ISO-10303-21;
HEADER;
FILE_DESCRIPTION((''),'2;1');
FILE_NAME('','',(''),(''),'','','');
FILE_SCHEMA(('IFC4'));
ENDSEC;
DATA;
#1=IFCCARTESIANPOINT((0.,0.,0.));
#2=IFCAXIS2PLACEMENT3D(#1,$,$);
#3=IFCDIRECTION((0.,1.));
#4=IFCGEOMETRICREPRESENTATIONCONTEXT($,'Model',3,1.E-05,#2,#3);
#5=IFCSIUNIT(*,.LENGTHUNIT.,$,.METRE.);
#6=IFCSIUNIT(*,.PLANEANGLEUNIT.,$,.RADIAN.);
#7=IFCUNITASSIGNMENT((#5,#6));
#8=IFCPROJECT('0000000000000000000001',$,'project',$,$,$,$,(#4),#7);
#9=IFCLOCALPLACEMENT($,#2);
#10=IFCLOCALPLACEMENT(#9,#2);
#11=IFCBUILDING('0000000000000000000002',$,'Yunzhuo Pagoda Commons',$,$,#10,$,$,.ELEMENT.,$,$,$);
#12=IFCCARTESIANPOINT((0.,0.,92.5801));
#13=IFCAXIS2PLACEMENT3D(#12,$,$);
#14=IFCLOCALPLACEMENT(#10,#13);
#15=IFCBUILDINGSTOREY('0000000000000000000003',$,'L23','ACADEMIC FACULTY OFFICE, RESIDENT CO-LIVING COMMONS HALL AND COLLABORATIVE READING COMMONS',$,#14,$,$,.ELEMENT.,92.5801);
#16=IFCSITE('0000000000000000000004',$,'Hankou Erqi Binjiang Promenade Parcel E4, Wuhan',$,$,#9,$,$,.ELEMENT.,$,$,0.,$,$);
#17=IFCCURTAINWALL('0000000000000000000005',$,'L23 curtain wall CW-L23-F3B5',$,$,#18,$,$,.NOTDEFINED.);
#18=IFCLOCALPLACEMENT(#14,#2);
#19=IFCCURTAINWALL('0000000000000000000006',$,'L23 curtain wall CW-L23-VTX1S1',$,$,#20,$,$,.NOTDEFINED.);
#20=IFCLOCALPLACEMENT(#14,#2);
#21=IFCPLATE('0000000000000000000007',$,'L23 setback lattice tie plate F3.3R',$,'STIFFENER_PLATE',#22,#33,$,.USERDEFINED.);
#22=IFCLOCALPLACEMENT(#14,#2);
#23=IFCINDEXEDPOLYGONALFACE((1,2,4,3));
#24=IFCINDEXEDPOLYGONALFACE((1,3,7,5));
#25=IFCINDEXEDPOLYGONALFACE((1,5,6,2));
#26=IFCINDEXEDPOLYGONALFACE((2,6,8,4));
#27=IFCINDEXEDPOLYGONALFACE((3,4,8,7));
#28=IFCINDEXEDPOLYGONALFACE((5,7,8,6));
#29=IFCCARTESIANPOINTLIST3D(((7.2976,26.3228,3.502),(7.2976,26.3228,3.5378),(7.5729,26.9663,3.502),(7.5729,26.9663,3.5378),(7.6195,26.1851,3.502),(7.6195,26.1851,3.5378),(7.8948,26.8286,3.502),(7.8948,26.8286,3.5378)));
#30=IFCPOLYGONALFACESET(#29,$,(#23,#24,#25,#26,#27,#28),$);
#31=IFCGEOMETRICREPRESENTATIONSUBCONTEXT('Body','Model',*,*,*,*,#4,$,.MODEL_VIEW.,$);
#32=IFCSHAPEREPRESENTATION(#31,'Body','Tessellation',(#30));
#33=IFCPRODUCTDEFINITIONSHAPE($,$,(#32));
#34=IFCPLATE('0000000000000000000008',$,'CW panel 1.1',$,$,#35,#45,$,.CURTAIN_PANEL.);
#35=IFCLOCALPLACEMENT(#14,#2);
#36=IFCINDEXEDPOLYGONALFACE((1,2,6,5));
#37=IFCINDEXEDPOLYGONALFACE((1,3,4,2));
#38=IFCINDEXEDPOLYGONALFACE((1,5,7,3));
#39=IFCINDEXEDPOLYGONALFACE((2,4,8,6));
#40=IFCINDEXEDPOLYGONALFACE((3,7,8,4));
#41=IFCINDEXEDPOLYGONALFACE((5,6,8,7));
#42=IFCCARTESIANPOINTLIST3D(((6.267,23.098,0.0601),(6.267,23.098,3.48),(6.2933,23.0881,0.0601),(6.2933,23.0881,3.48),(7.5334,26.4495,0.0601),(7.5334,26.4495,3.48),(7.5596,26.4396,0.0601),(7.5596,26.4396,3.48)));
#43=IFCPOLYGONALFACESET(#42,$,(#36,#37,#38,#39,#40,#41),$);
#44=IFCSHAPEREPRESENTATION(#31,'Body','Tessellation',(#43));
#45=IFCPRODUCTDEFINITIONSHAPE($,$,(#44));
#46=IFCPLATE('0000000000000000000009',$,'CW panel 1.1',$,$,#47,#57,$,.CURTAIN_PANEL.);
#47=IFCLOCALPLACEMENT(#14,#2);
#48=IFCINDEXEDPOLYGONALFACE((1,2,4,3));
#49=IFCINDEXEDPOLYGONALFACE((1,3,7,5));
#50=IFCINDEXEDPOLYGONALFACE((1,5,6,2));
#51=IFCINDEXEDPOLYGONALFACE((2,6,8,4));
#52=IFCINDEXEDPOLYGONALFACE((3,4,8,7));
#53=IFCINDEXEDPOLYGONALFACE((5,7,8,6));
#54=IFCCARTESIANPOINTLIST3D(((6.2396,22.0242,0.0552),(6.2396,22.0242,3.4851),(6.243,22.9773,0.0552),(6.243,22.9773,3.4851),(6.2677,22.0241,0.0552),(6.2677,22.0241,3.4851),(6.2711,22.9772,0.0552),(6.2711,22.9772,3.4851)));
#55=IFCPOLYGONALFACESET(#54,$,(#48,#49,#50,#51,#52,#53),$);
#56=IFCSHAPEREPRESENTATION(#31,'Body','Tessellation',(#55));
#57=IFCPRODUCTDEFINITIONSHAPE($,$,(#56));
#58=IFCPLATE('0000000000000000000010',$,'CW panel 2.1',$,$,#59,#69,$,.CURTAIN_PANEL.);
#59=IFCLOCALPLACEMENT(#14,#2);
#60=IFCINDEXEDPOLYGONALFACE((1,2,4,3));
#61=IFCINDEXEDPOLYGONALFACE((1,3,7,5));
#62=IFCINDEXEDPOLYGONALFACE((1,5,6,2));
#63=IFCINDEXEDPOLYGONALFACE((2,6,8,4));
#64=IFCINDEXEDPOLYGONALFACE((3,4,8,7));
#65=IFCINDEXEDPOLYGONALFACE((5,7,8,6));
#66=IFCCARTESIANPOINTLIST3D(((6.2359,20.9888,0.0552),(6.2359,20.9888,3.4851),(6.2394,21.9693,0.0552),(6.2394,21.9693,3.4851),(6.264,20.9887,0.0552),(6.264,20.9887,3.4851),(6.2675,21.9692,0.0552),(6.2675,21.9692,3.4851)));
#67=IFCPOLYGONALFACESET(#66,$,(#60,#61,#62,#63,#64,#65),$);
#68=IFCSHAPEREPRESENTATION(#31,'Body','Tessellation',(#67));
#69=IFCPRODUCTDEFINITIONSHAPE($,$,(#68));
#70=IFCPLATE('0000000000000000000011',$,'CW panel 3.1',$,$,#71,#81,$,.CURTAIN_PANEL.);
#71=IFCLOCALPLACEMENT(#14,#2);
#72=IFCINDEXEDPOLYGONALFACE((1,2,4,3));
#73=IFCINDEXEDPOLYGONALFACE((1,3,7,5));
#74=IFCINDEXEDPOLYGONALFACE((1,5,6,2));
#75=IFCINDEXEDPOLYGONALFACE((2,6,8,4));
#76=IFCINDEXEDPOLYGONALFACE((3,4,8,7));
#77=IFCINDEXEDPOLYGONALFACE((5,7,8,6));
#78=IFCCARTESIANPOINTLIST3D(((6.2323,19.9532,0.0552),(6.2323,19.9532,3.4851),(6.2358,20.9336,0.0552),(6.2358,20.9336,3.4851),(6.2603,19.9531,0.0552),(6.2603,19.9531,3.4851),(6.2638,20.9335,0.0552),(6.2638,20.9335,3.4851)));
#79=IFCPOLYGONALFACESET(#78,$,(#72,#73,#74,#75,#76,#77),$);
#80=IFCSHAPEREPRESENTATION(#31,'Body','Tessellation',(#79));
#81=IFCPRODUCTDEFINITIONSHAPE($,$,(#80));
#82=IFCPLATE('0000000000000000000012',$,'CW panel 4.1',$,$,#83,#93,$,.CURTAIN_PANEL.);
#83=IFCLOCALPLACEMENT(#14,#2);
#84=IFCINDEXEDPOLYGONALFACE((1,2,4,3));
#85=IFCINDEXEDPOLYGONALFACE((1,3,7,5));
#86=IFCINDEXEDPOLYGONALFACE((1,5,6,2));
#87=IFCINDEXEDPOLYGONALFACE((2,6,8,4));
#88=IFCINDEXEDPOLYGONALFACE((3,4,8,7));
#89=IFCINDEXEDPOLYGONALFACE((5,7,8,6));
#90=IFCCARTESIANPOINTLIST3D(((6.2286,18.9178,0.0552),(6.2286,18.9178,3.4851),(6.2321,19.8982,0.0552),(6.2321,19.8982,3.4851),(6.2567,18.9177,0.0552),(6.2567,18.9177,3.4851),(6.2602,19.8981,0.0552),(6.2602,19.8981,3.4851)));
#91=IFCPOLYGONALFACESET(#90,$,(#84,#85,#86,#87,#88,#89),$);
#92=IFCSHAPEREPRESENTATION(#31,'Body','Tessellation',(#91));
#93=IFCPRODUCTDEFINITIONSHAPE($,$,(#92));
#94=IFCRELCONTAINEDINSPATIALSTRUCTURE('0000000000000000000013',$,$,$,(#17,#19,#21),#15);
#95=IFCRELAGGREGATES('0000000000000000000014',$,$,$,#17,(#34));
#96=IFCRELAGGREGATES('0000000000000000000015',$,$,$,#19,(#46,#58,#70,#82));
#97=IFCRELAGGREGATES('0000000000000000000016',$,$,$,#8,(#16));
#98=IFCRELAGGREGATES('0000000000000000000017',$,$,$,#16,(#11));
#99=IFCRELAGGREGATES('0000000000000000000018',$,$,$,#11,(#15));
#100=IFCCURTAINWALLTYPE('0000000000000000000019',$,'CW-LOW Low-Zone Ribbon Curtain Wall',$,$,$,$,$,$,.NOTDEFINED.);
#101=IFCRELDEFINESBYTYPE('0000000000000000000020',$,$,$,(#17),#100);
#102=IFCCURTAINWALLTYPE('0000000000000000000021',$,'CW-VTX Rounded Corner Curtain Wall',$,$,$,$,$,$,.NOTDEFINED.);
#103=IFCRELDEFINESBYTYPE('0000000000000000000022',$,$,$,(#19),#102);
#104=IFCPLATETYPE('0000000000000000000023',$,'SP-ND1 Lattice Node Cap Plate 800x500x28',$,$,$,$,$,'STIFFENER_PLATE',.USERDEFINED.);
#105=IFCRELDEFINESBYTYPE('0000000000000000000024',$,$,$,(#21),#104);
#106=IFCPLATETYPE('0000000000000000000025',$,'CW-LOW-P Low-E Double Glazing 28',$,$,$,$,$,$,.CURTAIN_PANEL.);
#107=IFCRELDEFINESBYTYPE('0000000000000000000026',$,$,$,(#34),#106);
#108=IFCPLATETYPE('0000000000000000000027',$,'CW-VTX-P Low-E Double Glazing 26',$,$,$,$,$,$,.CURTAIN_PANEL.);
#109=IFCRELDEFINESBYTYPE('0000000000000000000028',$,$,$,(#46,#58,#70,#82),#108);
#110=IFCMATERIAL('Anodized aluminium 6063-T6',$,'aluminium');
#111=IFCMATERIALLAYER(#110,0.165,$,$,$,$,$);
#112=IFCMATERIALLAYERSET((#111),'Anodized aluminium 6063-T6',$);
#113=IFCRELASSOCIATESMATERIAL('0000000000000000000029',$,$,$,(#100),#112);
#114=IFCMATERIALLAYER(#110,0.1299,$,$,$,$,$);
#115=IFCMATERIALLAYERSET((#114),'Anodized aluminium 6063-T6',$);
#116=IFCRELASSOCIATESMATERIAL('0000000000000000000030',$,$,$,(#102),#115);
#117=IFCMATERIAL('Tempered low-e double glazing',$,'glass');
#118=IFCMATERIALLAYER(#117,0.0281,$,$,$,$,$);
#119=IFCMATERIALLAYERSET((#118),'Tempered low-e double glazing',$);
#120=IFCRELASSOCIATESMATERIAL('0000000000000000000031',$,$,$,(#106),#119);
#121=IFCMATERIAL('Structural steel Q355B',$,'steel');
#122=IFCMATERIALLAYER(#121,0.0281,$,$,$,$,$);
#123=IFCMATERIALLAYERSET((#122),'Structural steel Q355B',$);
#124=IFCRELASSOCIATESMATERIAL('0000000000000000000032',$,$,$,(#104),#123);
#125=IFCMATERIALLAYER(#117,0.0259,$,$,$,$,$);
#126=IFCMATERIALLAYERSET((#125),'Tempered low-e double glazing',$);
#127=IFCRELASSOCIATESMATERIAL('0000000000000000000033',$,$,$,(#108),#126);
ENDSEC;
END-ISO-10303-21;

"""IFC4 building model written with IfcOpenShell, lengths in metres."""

from ifc_helpers import new_model, si_unit, direction, frame, origin, origin_2d, place, context, subcontext, project, spatial, rectangle, extrude, source, transform, mapped, material, layer, layer_set, type_object, element, aggregate, save


model = new_model("IFC4")

# Units and contexts
model_context = context("Model", 3, precision=1e-05, world=origin(), true_north=direction((0.0, 1.0)))
body_context = subcontext(model_context, "Body", "Model", "MODEL_VIEW")
ifc_project = project(units=[si_unit("LENGTHUNIT", "METRE"), si_unit("PLANEANGLEUNIT", "RADIAN")], contexts=[model_context])

# Site, building, storey
site_placement = place(None, origin())
site = spatial("IfcSite", under=ifc_project, at=site_placement, Name="Hankou Erqi Binjiang Promenade Parcel E4, Wuhan", CompositionType="ELEMENT", RefElevation=0.0)
building_placement = place(site_placement, origin())
building = spatial("IfcBuilding", under=site, at=building_placement, Name="Yunzhuo Pagoda Commons", CompositionType="ELEMENT")
storey_placement = place(building_placement, frame((0.0, 0.0, 92.5801)))
storey = spatial("IfcBuildingStorey", under=building, at=storey_placement, Name="L23", Description="ACADEMIC FACULTY OFFICE, RESIDENT CO-LIVING COMMONS HALL AND COLLABORATIVE READING COMMONS", CompositionType="ELEMENT", Elevation=92.5801)

# Shared definitions
ifc_material_1 = material(Name="Structural steel Q355B", Category="steel")

# Shared definitions
ifc_material_2 = material(Name="Anodized aluminium 6063-T6", Category="aluminium")
ifc_layer_1 = layer(ifc_material_2, 0.165)
ifc_layer_set_1 = layer_set([ifc_layer_1], Name="Anodized aluminium 6063-T6")
curtain_wall_type_1 = type_object("IfcCurtainWallType", Name="CW-LOW Low-Zone Ribbon Curtain Wall", PredefinedType="NOTDEFINED", material=ifc_layer_set_1)

# Curtain walls
curtain_wall_1_placement = place(storey_placement, origin())
curtain_wall_1 = element("IfcCurtainWall", 1, at=curtain_wall_1_placement, inside=storey, type_object=curtain_wall_type_1, Name="L23 curtain wall CW-L23-F3B5", PredefinedType="NOTDEFINED")
ifc_layer_2 = layer(ifc_material_2, 0.1299)
ifc_layer_set_2 = layer_set([ifc_layer_2], Name="Anodized aluminium 6063-T6")
curtain_wall_type_2 = type_object("IfcCurtainWallType", Name="CW-VTX Rounded Corner Curtain Wall", PredefinedType="NOTDEFINED", material=ifc_layer_set_2)
curtain_wall_2_placement = place(storey_placement, origin())
curtain_wall_2 = element("IfcCurtainWall", 2, at=curtain_wall_2_placement, inside=storey, type_object=curtain_wall_type_2, Name="L23 curtain wall CW-L23-VTX1S1", PredefinedType="NOTDEFINED")

# Plates
ifc_material_3 = material(Name="Tempered low-e double glazing", Category="glass")
ifc_layer_3 = layer(ifc_material_3, 0.0281)
ifc_layer_set_3 = layer_set([ifc_layer_3], Name="Tempered low-e double glazing")
plate_type_1 = type_object("IfcPlateType", Name="CW-LOW-P Low-E Double Glazing 28", PredefinedType="CURTAIN_PANEL", material=ifc_layer_set_3)
ifc_layer_4 = layer(ifc_material_1, 0.0281)
ifc_layer_set_4 = layer_set([ifc_layer_4], Name="Structural steel Q355B")
plate_type_2 = type_object("IfcPlateType", Name="SP-ND1 Lattice Node Cap Plate 800x500x28", ElementType="STIFFENER_PLATE", PredefinedType="USERDEFINED", material=ifc_layer_set_4)
shared_shape_1 = source(origin(), body_context, "Body", "SweptSolid", [
    extrude(rectangle(XDim=0.7, YDim=0.3501, at=origin_2d()), origin(), (0.0, 0.0, 1.0), 0.0359),
])
plate_1_placement = place(storey_placement, frame((7.5962, 26.5757, 3.502), z_axis=(0.0, 0.0, 1.0), x_axis=(-0.393364, -0.919383, 0.0)))
element("IfcPlate", 3, at=plate_1_placement, inside=storey, type_object=plate_type_2, Name="L23 setback lattice tie plate F3.3R", ObjectType="STIFFENER_PLATE", PredefinedType="USERDEFINED", context=body_context, shape_type="MappedRepresentation", body=[
    mapped(shared_shape_1, transform((0.0, 0.0, 0.0), scale=1.0)),
])
shared_shape_2 = source(origin(), body_context, "Body", "SweptSolid", [
    extrude(rectangle(XDim=3.5828, YDim=0.0281, at=origin_2d()), origin(), (0.0, 0.0, 1.0), 3.4199),
])
plate_2_placement = place(storey_placement, frame((6.9133, 24.7688, 0.0601), z_axis=(0.0, 0.0, 1.0), x_axis=(-0.353448, -0.935454, 0.0)))
plate_2 = element("IfcPlate", 4, at=plate_2_placement, type_object=plate_type_1, Name="CW panel 1.1", PredefinedType="CURTAIN_PANEL", context=body_context, shape_type="MappedRepresentation", body=[
    mapped(shared_shape_2, transform((0.0, 0.0, 0.0), scale=1.0)),
])
aggregate(curtain_wall_1, [plate_2])
ifc_layer_5 = layer(ifc_material_3, 0.0259)
ifc_layer_set_5 = layer_set([ifc_layer_5], Name="Tempered low-e double glazing")
plate_type_3 = type_object("IfcPlateType", Name="CW-VTX-P Low-E Double Glazing 26", PredefinedType="CURTAIN_PANEL", material=ifc_layer_set_5)
shared_shape_3 = source(origin(), body_context, "Body", "SweptSolid", [
    extrude(rectangle(XDim=0.9531, YDim=0.0281, at=origin_2d()), origin(), (0.0, 0.0, 1.0), 3.4299),
])
plate_3_placement = place(storey_placement, frame((6.2554, 22.5007, 0.0552), z_axis=(0.0, 0.0, 1.0), x_axis=(-0.003573, -0.999994, 0.0)))
plate_3 = element("IfcPlate", 5, at=plate_3_placement, type_object=plate_type_3, Name="CW panel 1.1", PredefinedType="CURTAIN_PANEL", context=body_context, shape_type="MappedRepresentation", body=[
    mapped(shared_shape_3, transform((0.0, 0.0, 0.0), scale=1.0)),
])
shared_shape_4 = source(origin(), body_context, "Body", "SweptSolid", [
    extrude(rectangle(XDim=0.9805, YDim=0.0281, at=origin_2d()), origin(), (0.0, 0.0, 1.0), 3.4299),
])
plate_4_placement = place(storey_placement, frame((6.2517, 21.479, 0.0552), z_axis=(0.0, 0.0, 1.0), x_axis=(-0.003573, -0.999994, 0.0)))
plate_4 = element("IfcPlate", 6, at=plate_4_placement, type_object=plate_type_3, Name="CW panel 2.1", PredefinedType="CURTAIN_PANEL", context=body_context, shape_type="MappedRepresentation", body=[
    mapped(shared_shape_4, transform((0.0, 0.0, 0.0), scale=1.0)),
])
plate_5_placement = place(storey_placement, frame((6.248, 20.4434, 0.0552), z_axis=(0.0, 0.0, 1.0), x_axis=(-0.003573, -0.999994, 0.0)))
plate_5 = element("IfcPlate", 7, at=plate_5_placement, type_object=plate_type_3, Name="CW panel 3.1", PredefinedType="CURTAIN_PANEL", context=body_context, shape_type="MappedRepresentation", body=[
    mapped(shared_shape_4, transform((0.0, 0.0, 0.0), scale=1.0)),
])
plate_6_placement = place(storey_placement, frame((6.2444, 19.408, 0.0552), z_axis=(0.0, 0.0, 1.0), x_axis=(-0.003573, -0.999994, 0.0)))
plate_6 = element("IfcPlate", 8, at=plate_6_placement, type_object=plate_type_3, Name="CW panel 4.1", PredefinedType="CURTAIN_PANEL", context=body_context, shape_type="MappedRepresentation", body=[
    mapped(shared_shape_4, transform((0.0, 0.0, 0.0), scale=1.0)),
])
aggregate(curtain_wall_2, [plate_3, plate_4, plate_5, plate_6])

save(model, "model.ifc")
